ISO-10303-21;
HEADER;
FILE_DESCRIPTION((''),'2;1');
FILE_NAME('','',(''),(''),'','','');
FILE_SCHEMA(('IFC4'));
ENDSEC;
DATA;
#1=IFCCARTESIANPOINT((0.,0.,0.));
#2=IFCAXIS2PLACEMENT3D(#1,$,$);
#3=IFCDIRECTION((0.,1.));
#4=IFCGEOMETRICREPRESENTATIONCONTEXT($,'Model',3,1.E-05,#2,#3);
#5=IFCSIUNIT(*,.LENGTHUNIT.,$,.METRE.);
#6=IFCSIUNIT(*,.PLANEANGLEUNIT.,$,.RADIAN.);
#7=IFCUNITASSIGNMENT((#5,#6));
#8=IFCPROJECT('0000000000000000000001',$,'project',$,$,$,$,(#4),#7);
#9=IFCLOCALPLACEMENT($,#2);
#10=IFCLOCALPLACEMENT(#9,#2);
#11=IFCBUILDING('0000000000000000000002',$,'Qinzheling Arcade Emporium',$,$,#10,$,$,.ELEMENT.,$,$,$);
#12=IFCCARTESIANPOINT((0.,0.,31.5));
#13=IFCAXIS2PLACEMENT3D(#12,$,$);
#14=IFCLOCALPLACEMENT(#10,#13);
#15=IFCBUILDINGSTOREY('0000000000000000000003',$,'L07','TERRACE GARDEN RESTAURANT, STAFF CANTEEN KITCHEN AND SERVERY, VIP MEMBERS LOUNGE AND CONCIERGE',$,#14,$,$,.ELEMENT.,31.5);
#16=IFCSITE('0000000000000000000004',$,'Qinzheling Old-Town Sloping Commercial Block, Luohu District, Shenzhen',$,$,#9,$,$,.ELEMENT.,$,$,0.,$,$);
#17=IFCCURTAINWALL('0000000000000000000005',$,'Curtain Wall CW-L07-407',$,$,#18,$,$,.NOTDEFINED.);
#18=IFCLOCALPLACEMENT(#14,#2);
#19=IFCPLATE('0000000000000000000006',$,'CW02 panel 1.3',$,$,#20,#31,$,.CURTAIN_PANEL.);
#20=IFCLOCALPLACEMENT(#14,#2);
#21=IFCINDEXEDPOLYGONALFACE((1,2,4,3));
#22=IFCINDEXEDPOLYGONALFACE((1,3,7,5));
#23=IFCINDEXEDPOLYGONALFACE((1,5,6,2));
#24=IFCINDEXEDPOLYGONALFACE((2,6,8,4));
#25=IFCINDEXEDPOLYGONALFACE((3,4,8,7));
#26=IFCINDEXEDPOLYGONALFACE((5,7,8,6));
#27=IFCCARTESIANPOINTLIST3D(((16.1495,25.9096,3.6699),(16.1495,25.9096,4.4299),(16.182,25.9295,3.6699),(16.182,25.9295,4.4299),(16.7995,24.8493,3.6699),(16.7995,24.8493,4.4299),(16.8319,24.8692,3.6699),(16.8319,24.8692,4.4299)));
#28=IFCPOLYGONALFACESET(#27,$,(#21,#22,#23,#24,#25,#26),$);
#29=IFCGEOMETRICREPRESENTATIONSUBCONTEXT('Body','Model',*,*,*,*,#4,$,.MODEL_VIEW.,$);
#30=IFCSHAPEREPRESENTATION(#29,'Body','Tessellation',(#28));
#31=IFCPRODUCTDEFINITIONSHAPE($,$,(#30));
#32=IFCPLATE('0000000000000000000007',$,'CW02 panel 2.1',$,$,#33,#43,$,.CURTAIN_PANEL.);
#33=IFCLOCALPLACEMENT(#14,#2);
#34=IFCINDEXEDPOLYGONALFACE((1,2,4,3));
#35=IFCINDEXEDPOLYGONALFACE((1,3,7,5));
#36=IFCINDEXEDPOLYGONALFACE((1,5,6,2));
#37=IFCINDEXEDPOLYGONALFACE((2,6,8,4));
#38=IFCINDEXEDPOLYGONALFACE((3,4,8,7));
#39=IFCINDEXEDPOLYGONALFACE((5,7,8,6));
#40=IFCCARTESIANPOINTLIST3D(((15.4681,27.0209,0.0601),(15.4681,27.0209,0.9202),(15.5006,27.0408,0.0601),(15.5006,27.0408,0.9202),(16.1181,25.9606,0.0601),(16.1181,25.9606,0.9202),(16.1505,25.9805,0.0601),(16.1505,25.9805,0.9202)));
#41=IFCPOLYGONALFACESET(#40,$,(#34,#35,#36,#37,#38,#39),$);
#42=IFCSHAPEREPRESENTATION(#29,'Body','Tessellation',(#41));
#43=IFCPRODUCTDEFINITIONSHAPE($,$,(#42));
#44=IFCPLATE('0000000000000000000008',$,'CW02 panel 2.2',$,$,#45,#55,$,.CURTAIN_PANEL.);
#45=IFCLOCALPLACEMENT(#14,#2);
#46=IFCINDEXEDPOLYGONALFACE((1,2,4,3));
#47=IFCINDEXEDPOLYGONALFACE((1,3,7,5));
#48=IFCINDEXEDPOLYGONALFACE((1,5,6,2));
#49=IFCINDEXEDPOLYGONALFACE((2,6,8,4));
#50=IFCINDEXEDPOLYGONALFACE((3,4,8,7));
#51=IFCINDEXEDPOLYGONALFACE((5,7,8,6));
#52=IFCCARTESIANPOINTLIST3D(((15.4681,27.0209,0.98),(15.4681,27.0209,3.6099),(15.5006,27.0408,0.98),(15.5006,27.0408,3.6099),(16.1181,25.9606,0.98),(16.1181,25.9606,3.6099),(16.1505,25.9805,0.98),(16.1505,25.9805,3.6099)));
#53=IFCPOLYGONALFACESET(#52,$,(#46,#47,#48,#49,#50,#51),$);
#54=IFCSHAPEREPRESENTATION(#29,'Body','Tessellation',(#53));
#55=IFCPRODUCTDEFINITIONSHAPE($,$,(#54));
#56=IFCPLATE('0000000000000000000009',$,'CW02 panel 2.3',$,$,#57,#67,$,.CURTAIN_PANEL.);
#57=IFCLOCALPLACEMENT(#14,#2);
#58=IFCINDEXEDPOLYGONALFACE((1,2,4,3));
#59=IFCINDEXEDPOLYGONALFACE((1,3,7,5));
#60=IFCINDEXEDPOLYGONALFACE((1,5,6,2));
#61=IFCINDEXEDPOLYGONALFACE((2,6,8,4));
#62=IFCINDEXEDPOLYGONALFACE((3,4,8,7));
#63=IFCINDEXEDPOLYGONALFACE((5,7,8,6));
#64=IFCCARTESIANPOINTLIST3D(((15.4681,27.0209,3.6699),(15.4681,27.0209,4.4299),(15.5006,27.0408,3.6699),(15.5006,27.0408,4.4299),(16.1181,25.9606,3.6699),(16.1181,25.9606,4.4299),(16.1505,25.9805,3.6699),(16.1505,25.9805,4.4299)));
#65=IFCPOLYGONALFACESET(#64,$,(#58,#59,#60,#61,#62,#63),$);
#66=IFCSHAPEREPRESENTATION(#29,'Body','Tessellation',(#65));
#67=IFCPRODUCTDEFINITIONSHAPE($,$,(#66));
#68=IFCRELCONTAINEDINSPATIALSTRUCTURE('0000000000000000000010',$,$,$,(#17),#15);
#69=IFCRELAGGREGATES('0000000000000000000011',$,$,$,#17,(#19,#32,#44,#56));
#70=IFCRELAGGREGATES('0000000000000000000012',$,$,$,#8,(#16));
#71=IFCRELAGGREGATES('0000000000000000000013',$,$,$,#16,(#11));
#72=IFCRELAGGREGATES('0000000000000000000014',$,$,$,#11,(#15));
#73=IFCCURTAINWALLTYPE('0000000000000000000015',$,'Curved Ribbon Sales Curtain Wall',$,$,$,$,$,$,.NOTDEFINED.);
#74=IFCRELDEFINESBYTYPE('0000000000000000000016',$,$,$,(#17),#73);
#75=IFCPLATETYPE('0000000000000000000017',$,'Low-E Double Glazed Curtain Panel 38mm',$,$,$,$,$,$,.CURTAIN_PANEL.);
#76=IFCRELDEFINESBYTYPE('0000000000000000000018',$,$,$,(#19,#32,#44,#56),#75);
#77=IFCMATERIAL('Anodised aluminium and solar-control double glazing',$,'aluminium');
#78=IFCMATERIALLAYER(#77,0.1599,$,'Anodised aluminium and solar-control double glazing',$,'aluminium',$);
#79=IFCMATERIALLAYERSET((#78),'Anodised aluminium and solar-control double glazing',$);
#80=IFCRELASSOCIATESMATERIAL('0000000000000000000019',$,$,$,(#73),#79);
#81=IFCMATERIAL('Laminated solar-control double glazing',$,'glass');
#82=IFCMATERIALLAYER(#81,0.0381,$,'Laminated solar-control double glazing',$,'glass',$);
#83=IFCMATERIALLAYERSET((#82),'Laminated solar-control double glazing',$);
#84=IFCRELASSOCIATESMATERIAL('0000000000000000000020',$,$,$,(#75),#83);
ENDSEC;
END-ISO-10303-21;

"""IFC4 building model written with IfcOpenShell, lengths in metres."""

from ifc_helpers import new_model, si_unit, direction, frame, origin, origin_2d, place, context, subcontext, project, spatial, rectangle, extrude, material, layer, layer_set, type_object, element, aggregate, save


model = new_model("IFC4")

# Units and contexts
model_context = context("Model", 3, precision=1e-05, world=origin(), true_north=direction((0.0, 1.0)))
body_context = subcontext(model_context, "Body", "Model", "MODEL_VIEW")
ifc_project = project(units=[si_unit("LENGTHUNIT", "METRE"), si_unit("PLANEANGLEUNIT", "RADIAN")], contexts=[model_context])

# Site, building, storey
site_placement = place(None, origin())
site = spatial("IfcSite", under=ifc_project, at=site_placement, Name="Qinzheling Old-Town Sloping Commercial Block, Luohu District, Shenzhen", CompositionType="ELEMENT", RefElevation=0.0)
building_placement = place(site_placement, origin())
building = spatial("IfcBuilding", under=site, at=building_placement, Name="Qinzheling Arcade Emporium", CompositionType="ELEMENT")
storey_placement = place(building_placement, frame((0.0, 0.0, 31.5)))
storey = spatial("IfcBuildingStorey", under=building, at=storey_placement, Name="L07", Description="TERRACE GARDEN RESTAURANT, STAFF CANTEEN KITCHEN AND SERVERY, VIP MEMBERS LOUNGE AND CONCIERGE", CompositionType="ELEMENT", Elevation=31.5)

# Curtain wall
ifc_material_1 = material(Name="Anodised aluminium and solar-control double glazing", Category="aluminium")
ifc_layer_1 = layer(ifc_material_1, 0.1599, Name="Anodised aluminium and solar-control double glazing", Category="aluminium")
ifc_layer_set_1 = layer_set([ifc_layer_1], Name="Anodised aluminium and solar-control double glazing")
curtain_wall_type = type_object("IfcCurtainWallType", Name="Curved Ribbon Sales Curtain Wall", PredefinedType="NOTDEFINED", material=ifc_layer_set_1)
curtain_wall_1_placement = place(storey_placement, origin())
curtain_wall_1 = element("IfcCurtainWall", 1, at=curtain_wall_1_placement, inside=storey, type_object=curtain_wall_type, Name="Curtain Wall CW-L07-407", PredefinedType="NOTDEFINED")

# Plates
ifc_material_2 = material(Name="Laminated solar-control double glazing", Category="glass")
ifc_layer_2 = layer(ifc_material_2, 0.0381, Name="Laminated solar-control double glazing", Category="glass")
ifc_layer_set_2 = layer_set([ifc_layer_2], Name="Laminated solar-control double glazing")
plate_type = type_object("IfcPlateType", Name="Low-E Double Glazed Curtain Panel 38mm", PredefinedType="CURTAIN_PANEL", material=ifc_layer_set_2)
plate_1_placement = place(storey_placement, frame((16.4907, 25.3894, 3.6699), z_axis=(0.0, 0.0, 1.0), x_axis=(-0.522632, 0.852558, 0.0)))
plate_1 = element("IfcPlate", 2, at=plate_1_placement, type_object=plate_type, Name="CW02 panel 1.3", PredefinedType="CURTAIN_PANEL", context=body_context, shape_type="SweptSolid", body=[
    extrude(rectangle(XDim=1.2437, YDim=0.0381, at=origin_2d()), origin(), (0.0, 0.0, 1.0), 0.76),
])
plate_2_placement = place(storey_placement, frame((15.8093, 26.5007, 0.0601), z_axis=(0.0, 0.0, 1.0), x_axis=(-0.522632, 0.852558, 0.0)))
plate_2 = element("IfcPlate", 3, at=plate_2_placement, type_object=plate_type, Name="CW02 panel 2.1", PredefinedType="CURTAIN_PANEL", context=body_context, shape_type="SweptSolid", body=[
    extrude(rectangle(XDim=1.2437, YDim=0.0381, at=origin_2d()), origin(), (0.0, 0.0, 1.0), 0.8601),
])
plate_3_placement = place(storey_placement, frame((15.8093, 26.5007, 0.98), z_axis=(0.0, 0.0, 1.0), x_axis=(-0.522632, 0.852558, 0.0)))
plate_3 = element("IfcPlate", 4, at=plate_3_placement, type_object=plate_type, Name="CW02 panel 2.2", PredefinedType="CURTAIN_PANEL", context=body_context, shape_type="SweptSolid", body=[
    extrude(rectangle(XDim=1.2437, YDim=0.0381, at=origin_2d()), origin(), (0.0, 0.0, 1.0), 2.6299),
])
plate_4_placement = place(storey_placement, frame((15.8093, 26.5007, 3.6699), z_axis=(0.0, 0.0, 1.0), x_axis=(-0.522632, 0.852558, 0.0)))
plate_4 = element("IfcPlate", 5, at=plate_4_placement, type_object=plate_type, Name="CW02 panel 2.3", PredefinedType="CURTAIN_PANEL", context=body_context, shape_type="SweptSolid", body=[
    extrude(rectangle(XDim=1.2437, YDim=0.0381, at=origin_2d()), origin(), (0.0, 0.0, 1.0), 0.76),
])
aggregate(curtain_wall_1, [plate_1, plate_2, plate_3, plate_4])

save(model, "model.ifc")
